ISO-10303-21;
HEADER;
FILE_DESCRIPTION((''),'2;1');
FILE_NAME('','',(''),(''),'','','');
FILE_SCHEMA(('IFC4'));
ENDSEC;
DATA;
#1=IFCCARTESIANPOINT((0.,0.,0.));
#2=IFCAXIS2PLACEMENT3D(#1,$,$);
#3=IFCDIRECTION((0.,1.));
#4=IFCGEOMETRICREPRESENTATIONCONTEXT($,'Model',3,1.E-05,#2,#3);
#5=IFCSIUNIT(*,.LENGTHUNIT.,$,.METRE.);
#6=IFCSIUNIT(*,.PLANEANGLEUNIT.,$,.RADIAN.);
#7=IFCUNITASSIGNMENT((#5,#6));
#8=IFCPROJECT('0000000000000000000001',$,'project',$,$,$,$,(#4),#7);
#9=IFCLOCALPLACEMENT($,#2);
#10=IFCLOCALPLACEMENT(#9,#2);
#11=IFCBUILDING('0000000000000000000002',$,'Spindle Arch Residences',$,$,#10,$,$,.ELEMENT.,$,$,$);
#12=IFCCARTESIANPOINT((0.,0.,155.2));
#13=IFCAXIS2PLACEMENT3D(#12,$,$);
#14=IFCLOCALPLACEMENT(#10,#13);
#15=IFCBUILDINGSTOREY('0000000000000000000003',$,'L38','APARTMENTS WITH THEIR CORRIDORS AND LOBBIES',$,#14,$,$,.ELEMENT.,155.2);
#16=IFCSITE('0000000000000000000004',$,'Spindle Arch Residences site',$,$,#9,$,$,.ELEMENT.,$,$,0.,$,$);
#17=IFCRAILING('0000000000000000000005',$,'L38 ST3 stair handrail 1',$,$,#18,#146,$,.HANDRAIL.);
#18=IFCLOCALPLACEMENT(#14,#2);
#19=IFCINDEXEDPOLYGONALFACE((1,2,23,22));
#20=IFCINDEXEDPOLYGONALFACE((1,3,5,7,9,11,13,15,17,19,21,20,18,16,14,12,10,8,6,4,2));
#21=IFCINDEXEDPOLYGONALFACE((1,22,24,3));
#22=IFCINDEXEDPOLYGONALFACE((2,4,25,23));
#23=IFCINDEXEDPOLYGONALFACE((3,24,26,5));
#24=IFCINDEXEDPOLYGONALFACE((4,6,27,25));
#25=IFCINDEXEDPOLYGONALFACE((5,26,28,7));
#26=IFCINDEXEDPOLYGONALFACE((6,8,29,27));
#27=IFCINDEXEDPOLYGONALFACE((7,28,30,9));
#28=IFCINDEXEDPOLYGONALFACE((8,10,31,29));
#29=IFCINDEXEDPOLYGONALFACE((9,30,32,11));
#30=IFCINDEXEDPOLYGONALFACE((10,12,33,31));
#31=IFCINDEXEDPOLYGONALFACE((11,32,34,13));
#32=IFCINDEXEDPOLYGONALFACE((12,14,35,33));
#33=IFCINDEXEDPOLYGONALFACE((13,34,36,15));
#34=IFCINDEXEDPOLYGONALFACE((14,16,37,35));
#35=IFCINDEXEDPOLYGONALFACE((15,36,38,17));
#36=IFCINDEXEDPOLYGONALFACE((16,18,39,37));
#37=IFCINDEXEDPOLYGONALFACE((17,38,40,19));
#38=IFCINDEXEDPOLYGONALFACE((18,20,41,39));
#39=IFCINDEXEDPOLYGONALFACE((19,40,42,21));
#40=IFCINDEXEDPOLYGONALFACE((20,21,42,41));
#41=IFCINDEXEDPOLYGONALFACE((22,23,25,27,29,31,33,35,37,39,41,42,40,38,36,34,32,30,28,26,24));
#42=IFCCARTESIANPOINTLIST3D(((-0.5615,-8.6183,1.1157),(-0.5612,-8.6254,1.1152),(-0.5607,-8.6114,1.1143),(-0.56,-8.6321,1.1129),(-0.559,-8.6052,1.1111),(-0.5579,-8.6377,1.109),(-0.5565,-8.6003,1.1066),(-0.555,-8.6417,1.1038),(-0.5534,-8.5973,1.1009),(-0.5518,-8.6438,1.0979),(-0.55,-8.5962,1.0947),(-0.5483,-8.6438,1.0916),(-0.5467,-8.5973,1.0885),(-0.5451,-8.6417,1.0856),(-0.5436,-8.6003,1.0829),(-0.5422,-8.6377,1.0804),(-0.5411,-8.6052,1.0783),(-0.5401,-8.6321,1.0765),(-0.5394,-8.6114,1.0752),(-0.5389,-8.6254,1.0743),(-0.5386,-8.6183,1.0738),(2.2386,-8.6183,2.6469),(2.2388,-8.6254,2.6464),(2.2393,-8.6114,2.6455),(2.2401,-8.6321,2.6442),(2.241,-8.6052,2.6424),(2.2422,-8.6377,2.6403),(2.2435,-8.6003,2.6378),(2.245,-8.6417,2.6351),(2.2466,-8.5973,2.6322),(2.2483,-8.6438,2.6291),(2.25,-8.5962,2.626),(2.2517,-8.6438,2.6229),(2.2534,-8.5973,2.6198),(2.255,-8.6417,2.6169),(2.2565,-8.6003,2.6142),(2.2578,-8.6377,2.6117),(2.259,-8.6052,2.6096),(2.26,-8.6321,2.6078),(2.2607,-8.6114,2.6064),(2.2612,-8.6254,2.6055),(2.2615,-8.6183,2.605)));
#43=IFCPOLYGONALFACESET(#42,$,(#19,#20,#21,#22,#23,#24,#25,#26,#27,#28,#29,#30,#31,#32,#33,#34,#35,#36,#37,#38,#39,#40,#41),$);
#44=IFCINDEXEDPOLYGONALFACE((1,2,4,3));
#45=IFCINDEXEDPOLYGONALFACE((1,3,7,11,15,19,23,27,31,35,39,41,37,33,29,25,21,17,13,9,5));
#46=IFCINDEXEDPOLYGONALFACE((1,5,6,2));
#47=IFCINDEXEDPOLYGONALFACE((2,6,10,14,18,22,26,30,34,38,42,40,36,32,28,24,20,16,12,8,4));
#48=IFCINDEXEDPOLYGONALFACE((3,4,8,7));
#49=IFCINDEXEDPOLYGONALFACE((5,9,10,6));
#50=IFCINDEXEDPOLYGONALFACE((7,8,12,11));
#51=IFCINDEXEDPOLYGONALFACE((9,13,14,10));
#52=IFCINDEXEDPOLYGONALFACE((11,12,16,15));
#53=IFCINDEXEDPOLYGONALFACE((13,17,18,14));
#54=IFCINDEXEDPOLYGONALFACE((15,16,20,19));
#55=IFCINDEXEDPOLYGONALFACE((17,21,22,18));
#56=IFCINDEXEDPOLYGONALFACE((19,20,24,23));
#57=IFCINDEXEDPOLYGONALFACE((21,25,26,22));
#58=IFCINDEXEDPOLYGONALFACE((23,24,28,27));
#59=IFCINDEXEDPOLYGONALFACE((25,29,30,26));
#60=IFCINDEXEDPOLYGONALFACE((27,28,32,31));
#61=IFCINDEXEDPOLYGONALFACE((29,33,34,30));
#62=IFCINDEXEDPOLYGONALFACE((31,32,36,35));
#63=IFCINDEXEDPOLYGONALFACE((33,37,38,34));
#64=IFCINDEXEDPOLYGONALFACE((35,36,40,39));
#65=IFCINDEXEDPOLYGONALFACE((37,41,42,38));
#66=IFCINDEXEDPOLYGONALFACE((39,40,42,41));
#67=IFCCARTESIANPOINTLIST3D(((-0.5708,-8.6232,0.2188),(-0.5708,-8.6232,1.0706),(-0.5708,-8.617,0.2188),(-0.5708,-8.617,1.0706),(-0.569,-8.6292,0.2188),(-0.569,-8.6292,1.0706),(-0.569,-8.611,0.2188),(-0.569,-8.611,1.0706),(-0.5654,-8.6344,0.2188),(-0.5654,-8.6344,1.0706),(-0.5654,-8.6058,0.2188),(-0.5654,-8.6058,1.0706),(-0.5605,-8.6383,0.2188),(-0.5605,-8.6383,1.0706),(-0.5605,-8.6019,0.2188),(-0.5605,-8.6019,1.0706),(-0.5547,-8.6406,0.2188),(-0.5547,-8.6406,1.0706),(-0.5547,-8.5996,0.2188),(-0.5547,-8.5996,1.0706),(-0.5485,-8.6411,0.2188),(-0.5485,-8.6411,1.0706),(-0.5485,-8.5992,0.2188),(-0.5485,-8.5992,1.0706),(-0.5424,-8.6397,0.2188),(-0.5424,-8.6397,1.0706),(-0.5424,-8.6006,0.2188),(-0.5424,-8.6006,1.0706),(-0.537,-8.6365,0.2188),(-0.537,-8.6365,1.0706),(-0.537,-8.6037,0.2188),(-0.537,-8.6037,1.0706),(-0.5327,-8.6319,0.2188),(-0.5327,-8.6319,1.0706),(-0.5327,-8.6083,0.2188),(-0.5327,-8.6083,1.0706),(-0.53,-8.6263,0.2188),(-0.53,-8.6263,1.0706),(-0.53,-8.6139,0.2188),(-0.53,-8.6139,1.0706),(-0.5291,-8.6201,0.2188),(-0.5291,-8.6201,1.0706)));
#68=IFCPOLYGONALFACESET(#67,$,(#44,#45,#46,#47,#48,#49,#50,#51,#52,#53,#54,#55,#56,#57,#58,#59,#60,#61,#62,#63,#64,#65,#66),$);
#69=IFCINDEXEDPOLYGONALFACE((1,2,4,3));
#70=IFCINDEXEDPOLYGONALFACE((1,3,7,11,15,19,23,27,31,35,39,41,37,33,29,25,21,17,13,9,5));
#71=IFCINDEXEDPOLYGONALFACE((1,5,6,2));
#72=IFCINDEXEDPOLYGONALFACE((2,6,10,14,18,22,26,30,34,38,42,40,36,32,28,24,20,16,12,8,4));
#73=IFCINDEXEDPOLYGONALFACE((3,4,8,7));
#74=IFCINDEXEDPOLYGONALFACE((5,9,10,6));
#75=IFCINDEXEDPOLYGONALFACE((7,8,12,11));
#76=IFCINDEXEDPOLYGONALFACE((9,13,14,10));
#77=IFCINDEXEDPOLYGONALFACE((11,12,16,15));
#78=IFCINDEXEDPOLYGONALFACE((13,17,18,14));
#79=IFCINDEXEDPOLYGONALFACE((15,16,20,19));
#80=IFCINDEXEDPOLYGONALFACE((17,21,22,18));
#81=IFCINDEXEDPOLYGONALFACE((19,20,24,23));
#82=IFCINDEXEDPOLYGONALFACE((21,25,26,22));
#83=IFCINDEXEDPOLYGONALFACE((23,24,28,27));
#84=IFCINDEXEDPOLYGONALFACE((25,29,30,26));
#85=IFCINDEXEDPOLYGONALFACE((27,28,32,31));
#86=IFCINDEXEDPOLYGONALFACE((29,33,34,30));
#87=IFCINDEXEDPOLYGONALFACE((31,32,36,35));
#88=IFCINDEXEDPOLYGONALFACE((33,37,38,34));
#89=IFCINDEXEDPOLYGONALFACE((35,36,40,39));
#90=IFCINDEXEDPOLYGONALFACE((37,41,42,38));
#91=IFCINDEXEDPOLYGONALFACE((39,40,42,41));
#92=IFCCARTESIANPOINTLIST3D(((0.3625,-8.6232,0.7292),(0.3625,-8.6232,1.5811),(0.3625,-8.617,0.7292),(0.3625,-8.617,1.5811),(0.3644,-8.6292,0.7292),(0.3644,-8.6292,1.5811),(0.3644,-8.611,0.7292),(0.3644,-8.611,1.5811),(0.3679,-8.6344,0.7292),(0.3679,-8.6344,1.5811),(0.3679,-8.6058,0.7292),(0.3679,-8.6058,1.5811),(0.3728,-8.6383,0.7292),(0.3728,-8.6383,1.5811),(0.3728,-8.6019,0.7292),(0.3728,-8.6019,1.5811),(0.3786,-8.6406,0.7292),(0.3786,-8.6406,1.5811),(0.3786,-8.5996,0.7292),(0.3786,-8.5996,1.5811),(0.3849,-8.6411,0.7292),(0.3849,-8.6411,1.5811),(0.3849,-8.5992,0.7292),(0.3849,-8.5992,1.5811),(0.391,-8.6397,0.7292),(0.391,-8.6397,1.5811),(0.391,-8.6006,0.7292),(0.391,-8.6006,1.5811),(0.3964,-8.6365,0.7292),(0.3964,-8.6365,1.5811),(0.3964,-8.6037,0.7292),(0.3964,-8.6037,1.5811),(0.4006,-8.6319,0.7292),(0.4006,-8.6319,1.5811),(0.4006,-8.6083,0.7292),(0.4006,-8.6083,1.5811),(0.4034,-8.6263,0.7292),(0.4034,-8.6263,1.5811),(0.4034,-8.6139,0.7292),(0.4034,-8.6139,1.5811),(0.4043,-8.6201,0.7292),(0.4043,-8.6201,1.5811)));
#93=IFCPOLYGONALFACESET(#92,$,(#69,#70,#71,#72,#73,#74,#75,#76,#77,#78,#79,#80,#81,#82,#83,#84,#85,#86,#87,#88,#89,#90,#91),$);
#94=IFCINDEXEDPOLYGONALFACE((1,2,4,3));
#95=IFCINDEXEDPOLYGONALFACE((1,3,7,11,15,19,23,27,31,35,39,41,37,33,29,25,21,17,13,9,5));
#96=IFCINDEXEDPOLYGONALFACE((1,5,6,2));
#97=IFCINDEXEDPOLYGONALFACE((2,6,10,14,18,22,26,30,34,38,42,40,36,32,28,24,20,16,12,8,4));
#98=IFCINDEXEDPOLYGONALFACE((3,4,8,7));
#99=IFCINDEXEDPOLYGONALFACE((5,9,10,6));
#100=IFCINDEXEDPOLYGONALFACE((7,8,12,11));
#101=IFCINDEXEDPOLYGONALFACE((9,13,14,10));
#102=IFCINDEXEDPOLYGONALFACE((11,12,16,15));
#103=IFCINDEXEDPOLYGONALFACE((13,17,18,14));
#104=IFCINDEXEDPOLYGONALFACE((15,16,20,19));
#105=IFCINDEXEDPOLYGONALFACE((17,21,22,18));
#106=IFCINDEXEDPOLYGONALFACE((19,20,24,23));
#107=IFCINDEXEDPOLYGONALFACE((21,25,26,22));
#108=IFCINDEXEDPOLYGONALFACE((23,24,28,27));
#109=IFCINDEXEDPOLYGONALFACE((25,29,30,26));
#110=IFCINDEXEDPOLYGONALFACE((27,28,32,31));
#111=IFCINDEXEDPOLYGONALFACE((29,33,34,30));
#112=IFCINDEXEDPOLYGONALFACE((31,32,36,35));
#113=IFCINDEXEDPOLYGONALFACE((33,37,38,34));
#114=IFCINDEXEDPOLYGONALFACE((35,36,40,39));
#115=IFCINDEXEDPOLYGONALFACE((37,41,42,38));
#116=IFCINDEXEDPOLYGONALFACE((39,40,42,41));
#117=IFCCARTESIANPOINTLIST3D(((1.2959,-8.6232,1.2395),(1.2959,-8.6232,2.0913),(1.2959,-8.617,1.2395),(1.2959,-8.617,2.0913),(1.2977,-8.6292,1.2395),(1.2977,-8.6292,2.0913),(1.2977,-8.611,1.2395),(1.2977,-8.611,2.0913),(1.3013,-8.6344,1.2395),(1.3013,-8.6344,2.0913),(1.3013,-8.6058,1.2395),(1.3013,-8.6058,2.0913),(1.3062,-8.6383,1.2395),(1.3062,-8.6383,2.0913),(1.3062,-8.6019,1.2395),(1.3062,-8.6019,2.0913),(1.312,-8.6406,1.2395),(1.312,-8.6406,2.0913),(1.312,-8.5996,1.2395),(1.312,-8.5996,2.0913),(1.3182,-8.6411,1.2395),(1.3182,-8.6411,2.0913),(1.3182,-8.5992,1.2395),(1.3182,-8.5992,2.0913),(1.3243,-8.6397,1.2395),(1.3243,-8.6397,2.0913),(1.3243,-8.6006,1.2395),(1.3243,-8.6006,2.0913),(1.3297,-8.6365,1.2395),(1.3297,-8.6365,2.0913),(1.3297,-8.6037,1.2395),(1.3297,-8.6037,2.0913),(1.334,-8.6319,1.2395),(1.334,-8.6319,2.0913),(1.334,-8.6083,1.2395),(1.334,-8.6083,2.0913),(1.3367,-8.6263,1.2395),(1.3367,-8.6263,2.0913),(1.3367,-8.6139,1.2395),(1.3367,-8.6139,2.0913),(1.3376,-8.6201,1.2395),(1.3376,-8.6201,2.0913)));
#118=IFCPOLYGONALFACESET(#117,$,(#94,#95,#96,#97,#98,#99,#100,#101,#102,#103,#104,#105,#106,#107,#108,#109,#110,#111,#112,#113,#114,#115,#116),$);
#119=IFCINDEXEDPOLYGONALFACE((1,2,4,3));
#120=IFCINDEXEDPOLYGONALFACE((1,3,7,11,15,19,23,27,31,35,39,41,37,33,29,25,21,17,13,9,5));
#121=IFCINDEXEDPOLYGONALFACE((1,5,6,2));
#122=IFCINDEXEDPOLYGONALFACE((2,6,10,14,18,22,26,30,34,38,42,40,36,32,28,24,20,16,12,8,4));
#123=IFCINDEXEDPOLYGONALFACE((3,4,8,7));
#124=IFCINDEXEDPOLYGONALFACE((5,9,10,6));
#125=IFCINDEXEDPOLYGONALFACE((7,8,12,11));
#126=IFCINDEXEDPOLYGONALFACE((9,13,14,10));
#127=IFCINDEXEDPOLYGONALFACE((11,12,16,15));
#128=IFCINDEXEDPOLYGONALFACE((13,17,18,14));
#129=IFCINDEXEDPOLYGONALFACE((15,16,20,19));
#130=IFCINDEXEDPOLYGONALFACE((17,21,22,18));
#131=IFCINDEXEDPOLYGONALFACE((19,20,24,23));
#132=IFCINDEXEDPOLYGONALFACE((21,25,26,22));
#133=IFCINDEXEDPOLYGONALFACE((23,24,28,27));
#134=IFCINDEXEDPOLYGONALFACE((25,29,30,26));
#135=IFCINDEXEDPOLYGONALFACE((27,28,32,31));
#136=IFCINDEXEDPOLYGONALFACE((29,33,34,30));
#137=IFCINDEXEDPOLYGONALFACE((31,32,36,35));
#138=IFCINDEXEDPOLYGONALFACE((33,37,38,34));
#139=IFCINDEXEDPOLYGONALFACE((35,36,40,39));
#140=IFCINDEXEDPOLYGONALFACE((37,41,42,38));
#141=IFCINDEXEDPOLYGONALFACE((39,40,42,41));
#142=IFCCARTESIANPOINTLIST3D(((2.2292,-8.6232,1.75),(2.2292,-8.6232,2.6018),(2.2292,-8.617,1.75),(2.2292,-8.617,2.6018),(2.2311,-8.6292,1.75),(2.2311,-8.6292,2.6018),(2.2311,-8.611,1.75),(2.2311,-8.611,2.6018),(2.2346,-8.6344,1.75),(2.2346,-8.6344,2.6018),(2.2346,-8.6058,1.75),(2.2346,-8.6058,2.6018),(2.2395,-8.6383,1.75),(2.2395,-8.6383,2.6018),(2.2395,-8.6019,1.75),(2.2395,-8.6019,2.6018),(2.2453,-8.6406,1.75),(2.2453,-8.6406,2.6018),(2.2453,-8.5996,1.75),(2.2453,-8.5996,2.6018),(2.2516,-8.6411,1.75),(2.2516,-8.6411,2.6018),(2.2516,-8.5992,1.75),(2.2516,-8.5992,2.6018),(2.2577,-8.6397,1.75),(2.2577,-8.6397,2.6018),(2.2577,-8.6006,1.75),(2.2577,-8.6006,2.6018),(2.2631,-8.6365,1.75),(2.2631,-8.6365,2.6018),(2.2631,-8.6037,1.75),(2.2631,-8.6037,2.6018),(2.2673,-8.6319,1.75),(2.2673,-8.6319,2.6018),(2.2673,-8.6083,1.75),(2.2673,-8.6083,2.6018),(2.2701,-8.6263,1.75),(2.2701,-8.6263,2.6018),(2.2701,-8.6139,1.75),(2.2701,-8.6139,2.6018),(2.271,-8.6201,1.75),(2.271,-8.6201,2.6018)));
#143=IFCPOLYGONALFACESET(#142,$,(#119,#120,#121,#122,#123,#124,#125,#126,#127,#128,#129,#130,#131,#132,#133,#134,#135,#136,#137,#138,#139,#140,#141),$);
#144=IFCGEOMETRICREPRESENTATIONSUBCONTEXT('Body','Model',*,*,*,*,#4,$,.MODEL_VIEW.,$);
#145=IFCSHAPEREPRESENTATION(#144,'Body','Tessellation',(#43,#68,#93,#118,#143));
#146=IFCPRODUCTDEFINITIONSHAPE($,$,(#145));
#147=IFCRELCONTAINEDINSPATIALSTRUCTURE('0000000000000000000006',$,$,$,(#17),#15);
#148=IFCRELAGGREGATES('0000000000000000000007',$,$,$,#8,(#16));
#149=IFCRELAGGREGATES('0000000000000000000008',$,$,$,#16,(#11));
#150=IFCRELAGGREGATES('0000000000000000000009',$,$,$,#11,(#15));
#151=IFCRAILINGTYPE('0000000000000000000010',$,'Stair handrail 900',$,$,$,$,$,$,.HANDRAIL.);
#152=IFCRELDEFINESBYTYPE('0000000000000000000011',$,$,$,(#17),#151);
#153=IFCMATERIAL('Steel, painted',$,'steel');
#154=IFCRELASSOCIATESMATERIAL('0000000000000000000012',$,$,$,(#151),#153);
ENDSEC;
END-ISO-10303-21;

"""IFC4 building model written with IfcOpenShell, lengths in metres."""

from ifc_helpers import new_model, si_unit, direction, frame, origin, origin_2d, place, context, subcontext, project, spatial, circle, extrude, material, type_object, element, save


model = new_model("IFC4")

# Units and contexts
model_context = context("Model", 3, precision=1e-05, world=origin(), true_north=direction((0.0, 1.0)))
body_context = subcontext(model_context, "Body", "Model", "MODEL_VIEW")
ifc_project = project(units=[si_unit("LENGTHUNIT", "METRE"), si_unit("PLANEANGLEUNIT", "RADIAN")], contexts=[model_context])

# Site, building, storey
site_placement = place(None, origin())
site = spatial("IfcSite", under=ifc_project, at=site_placement, Name="Spindle Arch Residences site", CompositionType="ELEMENT", RefElevation=0.0)
building_placement = place(site_placement, origin())
building = spatial("IfcBuilding", under=site, at=building_placement, Name="Spindle Arch Residences", CompositionType="ELEMENT")
storey_placement = place(building_placement, frame((0.0, 0.0, 155.2)))
storey = spatial("IfcBuildingStorey", under=building, at=storey_placement, Name="L38", Description="APARTMENTS WITH THEIR CORRIDORS AND LOBBIES", CompositionType="ELEMENT", Elevation=155.2)

# Railing
ifc_material_1 = material(Name="Steel, painted", Category="steel")
railing_type_1 = type_object("IfcRailingType", Name="Stair handrail 900", PredefinedType="HANDRAIL", material=ifc_material_1)
railing_1_placement = place(storey_placement, frame((-0.55, -8.6201, 0.2188)))
element("IfcRailing", 1, at=railing_1_placement, inside=storey, type_object=railing_type_1, Name="L38 ST3 stair handrail 1", PredefinedType="HANDRAIL", context=body_context, shape_type="SweptSolid", body=[
    extrude(circle(Radius=0.0239, at=origin_2d()), frame((0.0, 0.0, 0.876), z_axis=(0.877375, 0.0, 0.479806), x_axis=(0.0, 1.0, 0.0)), (0.0, 0.0, 1.0), 3.1914),
    extrude(circle(Radius=0.021, at=origin_2d()), origin(), (0.0, 0.0, 1.0), 0.8518),
    extrude(circle(Radius=0.021, at=origin_2d()), frame((0.9333, 0.0, 0.5105)), (0.0, 0.0, 1.0), 0.8518),
    extrude(circle(Radius=0.021, at=origin_2d()), frame((1.8667, 0.0, 1.0208)), (0.0, 0.0, 1.0), 0.8518),
    extrude(circle(Radius=0.021, at=origin_2d()), frame((2.8, 0.0, 1.5312)), (0.0, 0.0, 1.0), 0.8518),
])

save(model, "model.ifc")
